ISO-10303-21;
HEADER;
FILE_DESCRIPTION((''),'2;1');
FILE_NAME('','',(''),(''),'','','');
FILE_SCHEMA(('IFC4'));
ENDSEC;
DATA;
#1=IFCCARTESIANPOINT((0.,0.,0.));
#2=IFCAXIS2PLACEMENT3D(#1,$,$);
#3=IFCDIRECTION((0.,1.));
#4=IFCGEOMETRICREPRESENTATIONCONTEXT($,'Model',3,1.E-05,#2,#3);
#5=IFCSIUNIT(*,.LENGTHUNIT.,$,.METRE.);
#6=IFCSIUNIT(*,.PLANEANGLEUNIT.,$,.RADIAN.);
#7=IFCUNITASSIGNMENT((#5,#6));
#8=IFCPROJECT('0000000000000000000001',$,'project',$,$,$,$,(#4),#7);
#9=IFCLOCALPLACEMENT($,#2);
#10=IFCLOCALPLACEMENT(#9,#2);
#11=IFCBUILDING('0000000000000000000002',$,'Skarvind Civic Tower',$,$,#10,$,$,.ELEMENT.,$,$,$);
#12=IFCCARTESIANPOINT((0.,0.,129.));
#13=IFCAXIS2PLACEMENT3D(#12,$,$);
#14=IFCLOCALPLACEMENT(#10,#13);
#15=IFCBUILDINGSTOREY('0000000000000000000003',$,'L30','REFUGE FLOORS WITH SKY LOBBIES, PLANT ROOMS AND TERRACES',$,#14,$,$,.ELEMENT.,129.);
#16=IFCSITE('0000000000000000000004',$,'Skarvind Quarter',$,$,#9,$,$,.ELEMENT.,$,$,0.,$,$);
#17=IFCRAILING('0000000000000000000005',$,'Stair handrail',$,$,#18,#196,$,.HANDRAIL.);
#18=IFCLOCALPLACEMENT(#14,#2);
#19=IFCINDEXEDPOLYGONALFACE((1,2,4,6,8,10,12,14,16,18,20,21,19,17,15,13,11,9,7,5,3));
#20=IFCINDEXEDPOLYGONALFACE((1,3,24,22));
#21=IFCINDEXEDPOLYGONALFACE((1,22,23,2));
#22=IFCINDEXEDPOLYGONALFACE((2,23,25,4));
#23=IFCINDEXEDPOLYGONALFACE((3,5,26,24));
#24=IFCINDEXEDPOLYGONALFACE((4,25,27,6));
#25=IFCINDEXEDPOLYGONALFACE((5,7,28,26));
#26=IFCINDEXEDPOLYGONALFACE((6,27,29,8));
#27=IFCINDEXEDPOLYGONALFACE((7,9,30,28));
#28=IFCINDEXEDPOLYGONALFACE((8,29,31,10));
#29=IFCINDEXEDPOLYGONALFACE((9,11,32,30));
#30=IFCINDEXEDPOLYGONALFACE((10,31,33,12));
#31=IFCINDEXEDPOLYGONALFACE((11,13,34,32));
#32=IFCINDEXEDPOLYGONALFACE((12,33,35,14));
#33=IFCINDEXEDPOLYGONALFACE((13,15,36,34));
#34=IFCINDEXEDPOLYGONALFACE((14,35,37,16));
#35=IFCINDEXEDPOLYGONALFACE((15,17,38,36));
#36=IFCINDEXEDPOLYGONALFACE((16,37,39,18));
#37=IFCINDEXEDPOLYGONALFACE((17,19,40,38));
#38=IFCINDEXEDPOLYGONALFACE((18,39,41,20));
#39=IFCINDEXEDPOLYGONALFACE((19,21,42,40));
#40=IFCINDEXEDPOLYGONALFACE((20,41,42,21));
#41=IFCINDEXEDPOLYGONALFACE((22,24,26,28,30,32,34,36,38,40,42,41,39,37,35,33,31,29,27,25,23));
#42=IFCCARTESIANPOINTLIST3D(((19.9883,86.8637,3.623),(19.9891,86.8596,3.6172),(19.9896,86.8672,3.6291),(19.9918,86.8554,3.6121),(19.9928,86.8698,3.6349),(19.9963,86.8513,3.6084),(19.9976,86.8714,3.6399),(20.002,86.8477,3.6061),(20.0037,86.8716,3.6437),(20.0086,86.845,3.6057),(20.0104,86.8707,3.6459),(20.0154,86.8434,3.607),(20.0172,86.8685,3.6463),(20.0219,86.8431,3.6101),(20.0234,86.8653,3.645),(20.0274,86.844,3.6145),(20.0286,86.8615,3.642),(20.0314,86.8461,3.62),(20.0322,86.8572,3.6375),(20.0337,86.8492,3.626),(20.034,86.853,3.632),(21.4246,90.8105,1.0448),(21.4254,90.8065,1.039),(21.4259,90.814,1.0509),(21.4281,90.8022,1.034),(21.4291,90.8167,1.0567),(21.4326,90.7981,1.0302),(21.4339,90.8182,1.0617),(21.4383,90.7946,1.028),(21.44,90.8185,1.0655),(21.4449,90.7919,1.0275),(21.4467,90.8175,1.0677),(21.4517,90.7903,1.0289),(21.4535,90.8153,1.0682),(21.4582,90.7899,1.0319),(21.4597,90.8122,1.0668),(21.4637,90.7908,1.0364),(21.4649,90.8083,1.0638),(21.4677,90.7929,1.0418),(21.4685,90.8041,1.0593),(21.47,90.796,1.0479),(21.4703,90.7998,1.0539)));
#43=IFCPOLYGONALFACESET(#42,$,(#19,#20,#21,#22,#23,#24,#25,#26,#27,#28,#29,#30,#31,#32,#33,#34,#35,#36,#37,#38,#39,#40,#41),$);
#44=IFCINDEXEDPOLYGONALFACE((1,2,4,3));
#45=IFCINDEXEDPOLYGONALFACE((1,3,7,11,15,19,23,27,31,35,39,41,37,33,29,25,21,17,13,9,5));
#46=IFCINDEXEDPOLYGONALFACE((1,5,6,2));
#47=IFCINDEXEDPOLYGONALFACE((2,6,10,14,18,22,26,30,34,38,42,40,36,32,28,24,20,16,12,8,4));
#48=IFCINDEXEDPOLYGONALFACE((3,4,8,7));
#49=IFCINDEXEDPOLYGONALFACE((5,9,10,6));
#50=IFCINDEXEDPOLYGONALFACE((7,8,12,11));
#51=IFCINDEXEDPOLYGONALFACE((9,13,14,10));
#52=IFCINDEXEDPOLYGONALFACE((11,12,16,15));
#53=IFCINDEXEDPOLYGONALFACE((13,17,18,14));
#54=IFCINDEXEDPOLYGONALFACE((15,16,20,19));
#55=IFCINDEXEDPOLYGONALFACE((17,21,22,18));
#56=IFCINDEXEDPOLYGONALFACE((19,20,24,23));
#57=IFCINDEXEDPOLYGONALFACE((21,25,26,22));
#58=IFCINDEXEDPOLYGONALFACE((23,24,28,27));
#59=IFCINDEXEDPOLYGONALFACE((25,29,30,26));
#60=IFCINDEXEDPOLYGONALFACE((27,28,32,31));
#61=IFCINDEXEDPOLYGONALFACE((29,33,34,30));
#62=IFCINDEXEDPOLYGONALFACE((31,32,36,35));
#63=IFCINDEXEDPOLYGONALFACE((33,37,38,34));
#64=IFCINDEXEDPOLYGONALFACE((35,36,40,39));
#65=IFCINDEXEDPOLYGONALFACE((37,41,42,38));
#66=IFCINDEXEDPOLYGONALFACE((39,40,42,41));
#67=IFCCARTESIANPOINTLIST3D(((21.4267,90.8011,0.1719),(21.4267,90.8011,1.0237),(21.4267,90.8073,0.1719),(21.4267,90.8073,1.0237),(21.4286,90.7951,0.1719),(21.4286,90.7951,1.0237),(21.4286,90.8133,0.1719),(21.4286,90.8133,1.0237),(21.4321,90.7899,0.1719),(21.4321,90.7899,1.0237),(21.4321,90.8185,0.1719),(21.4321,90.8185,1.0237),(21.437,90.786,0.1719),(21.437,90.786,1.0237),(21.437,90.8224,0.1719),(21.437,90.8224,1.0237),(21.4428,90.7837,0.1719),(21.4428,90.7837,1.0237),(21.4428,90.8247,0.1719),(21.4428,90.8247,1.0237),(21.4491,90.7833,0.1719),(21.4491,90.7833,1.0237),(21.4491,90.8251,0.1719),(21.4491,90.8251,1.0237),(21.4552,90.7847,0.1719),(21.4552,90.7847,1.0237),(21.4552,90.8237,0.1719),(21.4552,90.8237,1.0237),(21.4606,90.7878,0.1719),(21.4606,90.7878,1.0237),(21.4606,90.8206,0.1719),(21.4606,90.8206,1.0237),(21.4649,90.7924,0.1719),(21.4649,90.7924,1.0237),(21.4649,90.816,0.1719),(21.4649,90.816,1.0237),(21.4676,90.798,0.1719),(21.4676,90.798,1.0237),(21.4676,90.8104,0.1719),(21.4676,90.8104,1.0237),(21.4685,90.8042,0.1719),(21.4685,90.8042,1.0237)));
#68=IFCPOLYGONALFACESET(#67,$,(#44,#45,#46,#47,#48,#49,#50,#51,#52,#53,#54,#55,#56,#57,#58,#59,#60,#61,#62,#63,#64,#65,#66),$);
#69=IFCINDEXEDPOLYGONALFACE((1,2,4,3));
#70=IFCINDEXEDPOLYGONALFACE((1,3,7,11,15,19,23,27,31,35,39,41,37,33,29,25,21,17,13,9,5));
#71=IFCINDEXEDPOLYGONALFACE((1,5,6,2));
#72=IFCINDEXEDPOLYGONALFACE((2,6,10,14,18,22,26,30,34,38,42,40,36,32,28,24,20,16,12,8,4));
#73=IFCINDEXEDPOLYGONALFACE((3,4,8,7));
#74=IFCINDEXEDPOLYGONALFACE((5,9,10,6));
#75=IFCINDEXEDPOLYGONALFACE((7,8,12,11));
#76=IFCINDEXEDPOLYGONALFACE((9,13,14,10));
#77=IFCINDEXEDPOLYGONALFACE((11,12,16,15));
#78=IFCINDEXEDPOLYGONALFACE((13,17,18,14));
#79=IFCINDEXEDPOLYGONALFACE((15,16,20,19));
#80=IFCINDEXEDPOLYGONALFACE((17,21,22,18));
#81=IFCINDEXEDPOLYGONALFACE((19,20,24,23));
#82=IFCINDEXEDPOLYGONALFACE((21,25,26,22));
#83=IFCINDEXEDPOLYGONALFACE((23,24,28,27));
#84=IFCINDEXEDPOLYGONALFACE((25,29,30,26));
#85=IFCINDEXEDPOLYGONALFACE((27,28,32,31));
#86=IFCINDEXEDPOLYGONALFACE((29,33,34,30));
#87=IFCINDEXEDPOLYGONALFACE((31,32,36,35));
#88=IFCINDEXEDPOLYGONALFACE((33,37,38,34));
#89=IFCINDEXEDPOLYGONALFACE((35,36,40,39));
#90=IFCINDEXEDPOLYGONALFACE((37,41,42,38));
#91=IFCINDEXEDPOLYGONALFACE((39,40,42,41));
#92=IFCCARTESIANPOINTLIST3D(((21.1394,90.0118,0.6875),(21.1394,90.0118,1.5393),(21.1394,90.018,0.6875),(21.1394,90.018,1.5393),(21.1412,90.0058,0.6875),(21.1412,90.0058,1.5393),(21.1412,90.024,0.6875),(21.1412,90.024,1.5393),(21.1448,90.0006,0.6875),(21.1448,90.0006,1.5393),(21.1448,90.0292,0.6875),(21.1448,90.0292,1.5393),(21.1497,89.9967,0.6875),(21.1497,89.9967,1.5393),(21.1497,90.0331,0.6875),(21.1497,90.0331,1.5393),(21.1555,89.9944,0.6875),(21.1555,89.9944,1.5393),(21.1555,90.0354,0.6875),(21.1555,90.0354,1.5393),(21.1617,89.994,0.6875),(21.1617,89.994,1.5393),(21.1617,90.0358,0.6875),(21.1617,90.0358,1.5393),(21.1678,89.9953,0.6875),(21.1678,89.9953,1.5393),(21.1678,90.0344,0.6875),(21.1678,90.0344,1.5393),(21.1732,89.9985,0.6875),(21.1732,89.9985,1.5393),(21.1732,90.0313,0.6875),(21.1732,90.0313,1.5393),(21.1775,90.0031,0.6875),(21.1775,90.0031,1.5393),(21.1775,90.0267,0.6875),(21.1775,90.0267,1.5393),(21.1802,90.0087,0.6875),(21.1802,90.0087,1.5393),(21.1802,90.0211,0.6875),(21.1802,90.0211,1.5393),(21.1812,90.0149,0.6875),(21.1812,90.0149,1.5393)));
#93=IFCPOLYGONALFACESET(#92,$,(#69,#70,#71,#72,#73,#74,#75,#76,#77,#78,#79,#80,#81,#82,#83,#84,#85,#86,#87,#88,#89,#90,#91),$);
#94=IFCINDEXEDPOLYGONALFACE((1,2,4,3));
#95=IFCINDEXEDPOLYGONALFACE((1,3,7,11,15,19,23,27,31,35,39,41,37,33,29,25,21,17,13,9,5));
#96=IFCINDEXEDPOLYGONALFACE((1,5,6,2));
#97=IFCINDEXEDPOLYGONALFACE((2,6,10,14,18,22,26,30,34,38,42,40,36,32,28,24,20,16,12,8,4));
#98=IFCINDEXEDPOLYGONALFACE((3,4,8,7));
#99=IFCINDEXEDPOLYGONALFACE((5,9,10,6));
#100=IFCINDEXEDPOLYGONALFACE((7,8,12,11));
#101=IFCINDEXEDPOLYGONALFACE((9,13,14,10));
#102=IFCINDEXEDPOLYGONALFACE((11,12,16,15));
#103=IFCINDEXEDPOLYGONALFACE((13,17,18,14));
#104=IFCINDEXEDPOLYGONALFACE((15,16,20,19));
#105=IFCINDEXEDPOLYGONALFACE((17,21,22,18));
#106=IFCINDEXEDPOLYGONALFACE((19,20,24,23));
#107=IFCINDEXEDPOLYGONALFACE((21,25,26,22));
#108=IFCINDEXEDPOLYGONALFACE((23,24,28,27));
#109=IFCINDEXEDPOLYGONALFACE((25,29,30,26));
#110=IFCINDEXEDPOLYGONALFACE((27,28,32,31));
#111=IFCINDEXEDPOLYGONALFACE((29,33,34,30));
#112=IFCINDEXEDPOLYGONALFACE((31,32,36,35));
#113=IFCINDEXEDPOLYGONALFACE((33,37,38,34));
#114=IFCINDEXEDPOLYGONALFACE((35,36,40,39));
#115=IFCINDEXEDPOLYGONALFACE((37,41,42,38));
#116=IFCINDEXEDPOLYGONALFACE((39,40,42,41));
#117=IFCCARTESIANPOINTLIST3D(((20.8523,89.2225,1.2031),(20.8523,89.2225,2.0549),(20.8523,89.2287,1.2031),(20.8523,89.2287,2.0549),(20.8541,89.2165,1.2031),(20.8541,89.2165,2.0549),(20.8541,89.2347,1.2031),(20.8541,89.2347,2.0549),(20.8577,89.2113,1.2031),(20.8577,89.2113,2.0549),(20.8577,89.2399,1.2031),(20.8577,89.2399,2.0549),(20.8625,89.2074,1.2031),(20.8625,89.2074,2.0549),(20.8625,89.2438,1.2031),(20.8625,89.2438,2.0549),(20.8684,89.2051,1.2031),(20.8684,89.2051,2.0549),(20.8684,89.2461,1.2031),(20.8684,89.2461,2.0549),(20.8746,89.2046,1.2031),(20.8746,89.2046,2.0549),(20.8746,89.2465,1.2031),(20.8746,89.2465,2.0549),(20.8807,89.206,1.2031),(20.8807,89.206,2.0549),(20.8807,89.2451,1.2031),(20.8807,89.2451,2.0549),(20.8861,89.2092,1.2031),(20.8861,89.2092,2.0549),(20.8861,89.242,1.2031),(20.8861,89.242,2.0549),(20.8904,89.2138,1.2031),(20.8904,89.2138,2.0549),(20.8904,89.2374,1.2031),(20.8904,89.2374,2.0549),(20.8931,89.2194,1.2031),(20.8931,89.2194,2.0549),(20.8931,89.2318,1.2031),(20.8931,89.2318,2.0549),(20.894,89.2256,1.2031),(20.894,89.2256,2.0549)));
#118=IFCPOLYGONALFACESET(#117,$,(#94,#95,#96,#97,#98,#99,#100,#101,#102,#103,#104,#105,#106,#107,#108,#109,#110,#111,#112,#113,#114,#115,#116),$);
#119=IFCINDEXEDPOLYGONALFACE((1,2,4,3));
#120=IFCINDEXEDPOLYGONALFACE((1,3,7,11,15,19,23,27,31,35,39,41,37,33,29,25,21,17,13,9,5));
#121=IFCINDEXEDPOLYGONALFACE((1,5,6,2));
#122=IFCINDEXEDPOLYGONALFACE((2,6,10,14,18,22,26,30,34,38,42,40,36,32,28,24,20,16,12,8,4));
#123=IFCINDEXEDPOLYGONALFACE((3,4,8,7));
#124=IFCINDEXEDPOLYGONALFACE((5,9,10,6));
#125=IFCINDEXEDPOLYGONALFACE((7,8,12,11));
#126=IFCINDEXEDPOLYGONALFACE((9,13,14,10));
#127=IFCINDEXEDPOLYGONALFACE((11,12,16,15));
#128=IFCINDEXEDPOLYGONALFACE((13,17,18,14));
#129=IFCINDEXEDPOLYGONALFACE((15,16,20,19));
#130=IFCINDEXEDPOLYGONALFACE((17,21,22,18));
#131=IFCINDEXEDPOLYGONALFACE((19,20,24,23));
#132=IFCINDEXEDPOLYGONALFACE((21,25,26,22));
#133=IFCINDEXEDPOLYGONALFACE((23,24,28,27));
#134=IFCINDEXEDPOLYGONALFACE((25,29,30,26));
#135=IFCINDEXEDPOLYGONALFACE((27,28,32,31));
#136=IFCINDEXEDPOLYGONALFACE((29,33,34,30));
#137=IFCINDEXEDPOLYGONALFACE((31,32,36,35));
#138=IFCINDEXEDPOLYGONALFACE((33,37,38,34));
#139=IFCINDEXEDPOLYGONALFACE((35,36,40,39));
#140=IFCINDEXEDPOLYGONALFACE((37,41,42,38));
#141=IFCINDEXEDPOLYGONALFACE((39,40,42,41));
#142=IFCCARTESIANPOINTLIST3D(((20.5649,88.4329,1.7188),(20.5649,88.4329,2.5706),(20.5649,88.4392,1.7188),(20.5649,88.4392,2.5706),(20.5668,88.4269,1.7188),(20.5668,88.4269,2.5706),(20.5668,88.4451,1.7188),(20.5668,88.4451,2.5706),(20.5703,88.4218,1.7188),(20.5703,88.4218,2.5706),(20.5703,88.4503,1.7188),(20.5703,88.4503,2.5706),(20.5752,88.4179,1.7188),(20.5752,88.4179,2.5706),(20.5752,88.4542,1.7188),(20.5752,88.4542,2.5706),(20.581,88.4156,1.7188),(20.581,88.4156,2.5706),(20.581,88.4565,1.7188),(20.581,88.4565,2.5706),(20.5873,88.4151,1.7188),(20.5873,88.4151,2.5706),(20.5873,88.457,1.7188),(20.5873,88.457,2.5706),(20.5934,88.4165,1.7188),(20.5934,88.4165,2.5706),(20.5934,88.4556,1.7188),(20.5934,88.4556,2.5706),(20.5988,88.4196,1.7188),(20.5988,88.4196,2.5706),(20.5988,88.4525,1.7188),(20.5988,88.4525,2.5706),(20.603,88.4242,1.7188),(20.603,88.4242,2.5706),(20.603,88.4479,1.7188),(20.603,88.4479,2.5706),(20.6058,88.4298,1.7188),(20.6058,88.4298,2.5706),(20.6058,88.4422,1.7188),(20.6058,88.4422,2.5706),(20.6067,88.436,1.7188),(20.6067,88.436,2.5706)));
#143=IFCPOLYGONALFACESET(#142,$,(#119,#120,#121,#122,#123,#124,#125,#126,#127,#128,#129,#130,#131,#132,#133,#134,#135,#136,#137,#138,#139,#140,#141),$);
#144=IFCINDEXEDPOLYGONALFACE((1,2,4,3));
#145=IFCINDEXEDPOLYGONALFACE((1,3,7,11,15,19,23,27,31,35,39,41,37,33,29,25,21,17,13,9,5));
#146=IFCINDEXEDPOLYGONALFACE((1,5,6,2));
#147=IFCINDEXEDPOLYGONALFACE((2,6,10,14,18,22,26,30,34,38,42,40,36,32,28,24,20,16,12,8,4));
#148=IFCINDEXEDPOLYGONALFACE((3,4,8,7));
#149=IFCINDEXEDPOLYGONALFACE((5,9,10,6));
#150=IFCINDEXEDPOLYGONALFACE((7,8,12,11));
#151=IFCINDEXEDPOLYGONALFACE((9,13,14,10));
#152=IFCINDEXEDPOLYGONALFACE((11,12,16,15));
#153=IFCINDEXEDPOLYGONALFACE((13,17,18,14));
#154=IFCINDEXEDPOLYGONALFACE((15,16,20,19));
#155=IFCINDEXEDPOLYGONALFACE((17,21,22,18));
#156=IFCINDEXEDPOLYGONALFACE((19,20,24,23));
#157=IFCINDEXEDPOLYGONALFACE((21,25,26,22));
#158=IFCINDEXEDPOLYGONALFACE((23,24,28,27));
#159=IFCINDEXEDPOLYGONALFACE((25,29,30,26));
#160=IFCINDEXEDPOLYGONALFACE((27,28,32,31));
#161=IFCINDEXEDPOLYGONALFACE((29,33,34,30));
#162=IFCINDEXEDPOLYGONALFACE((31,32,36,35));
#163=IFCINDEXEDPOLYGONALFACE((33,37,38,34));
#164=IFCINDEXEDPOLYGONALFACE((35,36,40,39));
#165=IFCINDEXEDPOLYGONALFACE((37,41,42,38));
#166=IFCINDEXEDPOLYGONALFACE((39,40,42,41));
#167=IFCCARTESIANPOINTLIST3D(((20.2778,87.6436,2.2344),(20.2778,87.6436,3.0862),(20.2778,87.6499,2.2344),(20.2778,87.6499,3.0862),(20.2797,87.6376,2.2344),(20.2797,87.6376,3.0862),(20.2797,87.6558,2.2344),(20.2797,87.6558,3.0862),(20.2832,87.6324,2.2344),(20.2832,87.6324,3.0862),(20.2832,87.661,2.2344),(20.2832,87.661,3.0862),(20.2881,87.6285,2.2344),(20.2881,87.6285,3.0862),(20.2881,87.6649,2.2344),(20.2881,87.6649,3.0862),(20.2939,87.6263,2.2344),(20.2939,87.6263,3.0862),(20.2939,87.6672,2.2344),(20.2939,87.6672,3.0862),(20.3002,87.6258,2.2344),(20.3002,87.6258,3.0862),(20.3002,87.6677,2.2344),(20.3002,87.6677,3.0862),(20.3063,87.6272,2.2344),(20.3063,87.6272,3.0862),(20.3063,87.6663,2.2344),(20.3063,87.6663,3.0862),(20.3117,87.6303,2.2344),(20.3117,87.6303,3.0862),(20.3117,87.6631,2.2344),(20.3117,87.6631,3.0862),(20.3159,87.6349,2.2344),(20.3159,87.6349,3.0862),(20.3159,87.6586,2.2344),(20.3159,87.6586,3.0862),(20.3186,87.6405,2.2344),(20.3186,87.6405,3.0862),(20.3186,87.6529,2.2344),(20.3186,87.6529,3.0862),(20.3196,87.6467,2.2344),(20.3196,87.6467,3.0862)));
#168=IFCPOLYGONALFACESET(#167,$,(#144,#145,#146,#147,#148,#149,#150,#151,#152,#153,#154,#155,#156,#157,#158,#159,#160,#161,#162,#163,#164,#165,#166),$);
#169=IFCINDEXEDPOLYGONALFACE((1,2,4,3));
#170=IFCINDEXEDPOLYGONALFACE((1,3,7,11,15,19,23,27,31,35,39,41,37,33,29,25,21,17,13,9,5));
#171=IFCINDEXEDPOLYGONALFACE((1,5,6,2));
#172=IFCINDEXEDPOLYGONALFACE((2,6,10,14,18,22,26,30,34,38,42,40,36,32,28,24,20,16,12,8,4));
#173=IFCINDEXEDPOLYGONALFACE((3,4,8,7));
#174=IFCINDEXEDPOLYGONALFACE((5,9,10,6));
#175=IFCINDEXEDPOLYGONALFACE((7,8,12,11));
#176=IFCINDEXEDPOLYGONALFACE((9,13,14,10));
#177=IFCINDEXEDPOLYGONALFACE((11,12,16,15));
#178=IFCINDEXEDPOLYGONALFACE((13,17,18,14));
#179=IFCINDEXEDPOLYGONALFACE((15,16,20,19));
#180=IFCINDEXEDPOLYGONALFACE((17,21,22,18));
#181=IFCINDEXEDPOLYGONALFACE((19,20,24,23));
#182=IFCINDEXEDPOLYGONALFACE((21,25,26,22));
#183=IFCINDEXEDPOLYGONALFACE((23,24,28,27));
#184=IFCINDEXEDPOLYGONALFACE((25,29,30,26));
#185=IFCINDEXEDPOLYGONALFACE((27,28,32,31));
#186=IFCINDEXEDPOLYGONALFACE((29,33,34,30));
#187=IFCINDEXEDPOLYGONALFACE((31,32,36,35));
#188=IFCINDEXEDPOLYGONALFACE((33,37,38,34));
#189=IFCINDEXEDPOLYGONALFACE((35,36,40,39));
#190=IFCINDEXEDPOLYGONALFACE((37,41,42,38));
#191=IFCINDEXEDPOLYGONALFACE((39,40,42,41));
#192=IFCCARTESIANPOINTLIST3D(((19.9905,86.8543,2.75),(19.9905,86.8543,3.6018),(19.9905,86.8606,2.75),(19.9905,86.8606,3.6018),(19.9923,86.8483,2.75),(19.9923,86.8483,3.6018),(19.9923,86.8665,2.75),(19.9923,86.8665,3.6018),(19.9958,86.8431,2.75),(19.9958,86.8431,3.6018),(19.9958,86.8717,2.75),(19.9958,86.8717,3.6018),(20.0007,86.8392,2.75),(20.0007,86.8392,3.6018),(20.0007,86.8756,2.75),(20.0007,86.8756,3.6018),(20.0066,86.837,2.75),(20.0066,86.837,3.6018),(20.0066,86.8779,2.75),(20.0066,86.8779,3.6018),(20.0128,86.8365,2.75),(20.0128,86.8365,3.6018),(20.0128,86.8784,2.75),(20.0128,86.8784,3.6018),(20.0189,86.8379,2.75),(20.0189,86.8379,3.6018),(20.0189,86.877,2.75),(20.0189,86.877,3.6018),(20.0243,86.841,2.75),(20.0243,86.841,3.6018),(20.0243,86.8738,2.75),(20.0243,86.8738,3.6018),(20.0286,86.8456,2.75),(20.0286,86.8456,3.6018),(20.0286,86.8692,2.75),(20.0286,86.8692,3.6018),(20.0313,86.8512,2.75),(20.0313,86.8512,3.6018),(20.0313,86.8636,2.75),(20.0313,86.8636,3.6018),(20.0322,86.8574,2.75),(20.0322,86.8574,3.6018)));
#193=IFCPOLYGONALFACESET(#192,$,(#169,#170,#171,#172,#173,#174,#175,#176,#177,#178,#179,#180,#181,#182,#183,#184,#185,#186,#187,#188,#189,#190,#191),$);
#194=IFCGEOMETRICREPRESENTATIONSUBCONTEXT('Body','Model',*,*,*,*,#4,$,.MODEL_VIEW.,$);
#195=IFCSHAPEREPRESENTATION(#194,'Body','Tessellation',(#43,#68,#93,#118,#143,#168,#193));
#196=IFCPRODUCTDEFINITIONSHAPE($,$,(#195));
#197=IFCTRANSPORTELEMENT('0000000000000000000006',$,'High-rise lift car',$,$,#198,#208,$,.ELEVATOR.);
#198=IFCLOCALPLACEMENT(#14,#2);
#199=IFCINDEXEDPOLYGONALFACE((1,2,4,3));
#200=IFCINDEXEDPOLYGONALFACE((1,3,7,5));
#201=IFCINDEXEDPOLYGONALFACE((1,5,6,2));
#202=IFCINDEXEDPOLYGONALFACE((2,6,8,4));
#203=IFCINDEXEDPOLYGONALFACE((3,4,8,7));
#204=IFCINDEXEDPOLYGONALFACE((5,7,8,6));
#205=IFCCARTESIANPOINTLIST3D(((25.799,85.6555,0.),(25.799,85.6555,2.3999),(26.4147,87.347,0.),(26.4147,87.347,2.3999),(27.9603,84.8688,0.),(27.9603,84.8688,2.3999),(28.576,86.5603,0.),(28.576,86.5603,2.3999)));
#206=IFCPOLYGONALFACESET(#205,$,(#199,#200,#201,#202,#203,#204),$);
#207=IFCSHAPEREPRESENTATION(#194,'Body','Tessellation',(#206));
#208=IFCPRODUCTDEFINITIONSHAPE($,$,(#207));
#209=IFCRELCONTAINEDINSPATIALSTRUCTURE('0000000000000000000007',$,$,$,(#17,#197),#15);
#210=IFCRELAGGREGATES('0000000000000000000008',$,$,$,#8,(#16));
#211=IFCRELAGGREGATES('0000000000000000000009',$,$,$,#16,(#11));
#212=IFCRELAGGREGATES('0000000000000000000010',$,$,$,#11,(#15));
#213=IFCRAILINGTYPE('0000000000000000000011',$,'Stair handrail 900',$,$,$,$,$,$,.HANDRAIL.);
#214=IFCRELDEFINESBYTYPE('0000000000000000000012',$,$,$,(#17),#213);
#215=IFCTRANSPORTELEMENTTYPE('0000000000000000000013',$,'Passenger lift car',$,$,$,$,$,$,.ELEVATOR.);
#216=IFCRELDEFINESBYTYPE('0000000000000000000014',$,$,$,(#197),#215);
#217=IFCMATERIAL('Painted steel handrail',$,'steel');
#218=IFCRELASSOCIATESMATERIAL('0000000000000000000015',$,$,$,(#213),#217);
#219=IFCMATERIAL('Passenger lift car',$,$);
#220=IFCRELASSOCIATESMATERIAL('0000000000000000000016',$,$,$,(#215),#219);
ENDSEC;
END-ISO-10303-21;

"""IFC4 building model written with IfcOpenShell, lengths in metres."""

from ifc_helpers import new_model, si_unit, direction, frame, origin, origin_2d, place, context, subcontext, project, spatial, rectangle, circle, extrude, material, type_object, element, save


model = new_model("IFC4")

# Units and contexts
model_context = context("Model", 3, precision=1e-05, world=origin(), true_north=direction((0.0, 1.0)))
body_context = subcontext(model_context, "Body", "Model", "MODEL_VIEW")
ifc_project = project(units=[si_unit("LENGTHUNIT", "METRE"), si_unit("PLANEANGLEUNIT", "RADIAN")], contexts=[model_context])

# Site, building, storey
site_placement = place(None, origin())
site = spatial("IfcSite", under=ifc_project, at=site_placement, Name="Skarvind Quarter", CompositionType="ELEMENT", RefElevation=0.0)
building_placement = place(site_placement, origin())
building = spatial("IfcBuilding", under=site, at=building_placement, Name="Skarvind Civic Tower", CompositionType="ELEMENT")
storey_placement = place(building_placement, frame((0.0, 0.0, 129.0)))
storey = spatial("IfcBuildingStorey", under=building, at=storey_placement, Name="L30", Description="REFUGE FLOORS WITH SKY LOBBIES, PLANT ROOMS AND TERRACES", CompositionType="ELEMENT", Elevation=129.0)

# Railing
ifc_material_1 = material(Name="Painted steel handrail", Category="steel")
railing_type = type_object("IfcRailingType", Name="Stair handrail 900", PredefinedType="HANDRAIL", material=ifc_material_1)
railing_1_placement = place(storey_placement, frame((21.4475, 90.8042, 0.1719)))
element("IfcRailing", 1, at=railing_1_placement, inside=storey, type_object=railing_type, Name="Stair handrail", PredefinedType="HANDRAIL", context=body_context, shape_type="SweptSolid", body=[
    extrude(circle(Radius=0.0239, at=origin_2d()), frame((0.0, 0.0, 0.876), z_axis=(-0.291444, -0.800864, 0.523142), x_axis=(0.93971, -0.341972, 0.0)), (0.0, 0.0, 1.0), 4.9282),
    extrude(circle(Radius=0.021, at=origin_2d()), origin(), (0.0, 0.0, 1.0), 0.8518),
    extrude(circle(Radius=0.021, at=origin_2d()), frame((-0.2874, -0.7893, 0.5156)), (0.0, 0.0, 1.0), 0.8518),
    extrude(circle(Radius=0.021, at=origin_2d()), frame((-0.5745, -1.5786, 1.0312)), (0.0, 0.0, 1.0), 0.8518),
    extrude(circle(Radius=0.021, at=origin_2d()), frame((-0.8618, -2.3682, 1.5469)), (0.0, 0.0, 1.0), 0.8518),
    extrude(circle(Radius=0.021, at=origin_2d()), frame((-1.1489, -3.1575, 2.0625)), (0.0, 0.0, 1.0), 0.8518),
    extrude(circle(Radius=0.021, at=origin_2d()), frame((-1.4363, -3.9468, 2.5781)), (0.0, 0.0, 1.0), 0.8518),
])

# Transport element
ifc_material_2 = material(Name="Passenger lift car")
transport_element_type = type_object("IfcTransportElementType", Name="Passenger lift car", PredefinedType="ELEVATOR", material=ifc_material_2)
for number, where, z_axis, x_axis, name in (
    (2, (27.1875, 86.1079, 0.0), (0.0, 0.0, 1.0), (0.34202, 0.939693, 0.0), "High-rise lift car"),
):
    element("IfcTransportElement", number, at=place(storey_placement, frame(where, z_axis=z_axis, x_axis=x_axis)), inside=storey, type_object=transport_element_type, Name=name, PredefinedType="ELEVATOR", context=body_context, shape_type="SweptSolid", body=[
        extrude(rectangle(XDim=1.8, YDim=2.3, at=origin_2d()), origin(), (0.0, 0.0, 1.0), 2.3999),
    ])

save(model, "model.ifc")
